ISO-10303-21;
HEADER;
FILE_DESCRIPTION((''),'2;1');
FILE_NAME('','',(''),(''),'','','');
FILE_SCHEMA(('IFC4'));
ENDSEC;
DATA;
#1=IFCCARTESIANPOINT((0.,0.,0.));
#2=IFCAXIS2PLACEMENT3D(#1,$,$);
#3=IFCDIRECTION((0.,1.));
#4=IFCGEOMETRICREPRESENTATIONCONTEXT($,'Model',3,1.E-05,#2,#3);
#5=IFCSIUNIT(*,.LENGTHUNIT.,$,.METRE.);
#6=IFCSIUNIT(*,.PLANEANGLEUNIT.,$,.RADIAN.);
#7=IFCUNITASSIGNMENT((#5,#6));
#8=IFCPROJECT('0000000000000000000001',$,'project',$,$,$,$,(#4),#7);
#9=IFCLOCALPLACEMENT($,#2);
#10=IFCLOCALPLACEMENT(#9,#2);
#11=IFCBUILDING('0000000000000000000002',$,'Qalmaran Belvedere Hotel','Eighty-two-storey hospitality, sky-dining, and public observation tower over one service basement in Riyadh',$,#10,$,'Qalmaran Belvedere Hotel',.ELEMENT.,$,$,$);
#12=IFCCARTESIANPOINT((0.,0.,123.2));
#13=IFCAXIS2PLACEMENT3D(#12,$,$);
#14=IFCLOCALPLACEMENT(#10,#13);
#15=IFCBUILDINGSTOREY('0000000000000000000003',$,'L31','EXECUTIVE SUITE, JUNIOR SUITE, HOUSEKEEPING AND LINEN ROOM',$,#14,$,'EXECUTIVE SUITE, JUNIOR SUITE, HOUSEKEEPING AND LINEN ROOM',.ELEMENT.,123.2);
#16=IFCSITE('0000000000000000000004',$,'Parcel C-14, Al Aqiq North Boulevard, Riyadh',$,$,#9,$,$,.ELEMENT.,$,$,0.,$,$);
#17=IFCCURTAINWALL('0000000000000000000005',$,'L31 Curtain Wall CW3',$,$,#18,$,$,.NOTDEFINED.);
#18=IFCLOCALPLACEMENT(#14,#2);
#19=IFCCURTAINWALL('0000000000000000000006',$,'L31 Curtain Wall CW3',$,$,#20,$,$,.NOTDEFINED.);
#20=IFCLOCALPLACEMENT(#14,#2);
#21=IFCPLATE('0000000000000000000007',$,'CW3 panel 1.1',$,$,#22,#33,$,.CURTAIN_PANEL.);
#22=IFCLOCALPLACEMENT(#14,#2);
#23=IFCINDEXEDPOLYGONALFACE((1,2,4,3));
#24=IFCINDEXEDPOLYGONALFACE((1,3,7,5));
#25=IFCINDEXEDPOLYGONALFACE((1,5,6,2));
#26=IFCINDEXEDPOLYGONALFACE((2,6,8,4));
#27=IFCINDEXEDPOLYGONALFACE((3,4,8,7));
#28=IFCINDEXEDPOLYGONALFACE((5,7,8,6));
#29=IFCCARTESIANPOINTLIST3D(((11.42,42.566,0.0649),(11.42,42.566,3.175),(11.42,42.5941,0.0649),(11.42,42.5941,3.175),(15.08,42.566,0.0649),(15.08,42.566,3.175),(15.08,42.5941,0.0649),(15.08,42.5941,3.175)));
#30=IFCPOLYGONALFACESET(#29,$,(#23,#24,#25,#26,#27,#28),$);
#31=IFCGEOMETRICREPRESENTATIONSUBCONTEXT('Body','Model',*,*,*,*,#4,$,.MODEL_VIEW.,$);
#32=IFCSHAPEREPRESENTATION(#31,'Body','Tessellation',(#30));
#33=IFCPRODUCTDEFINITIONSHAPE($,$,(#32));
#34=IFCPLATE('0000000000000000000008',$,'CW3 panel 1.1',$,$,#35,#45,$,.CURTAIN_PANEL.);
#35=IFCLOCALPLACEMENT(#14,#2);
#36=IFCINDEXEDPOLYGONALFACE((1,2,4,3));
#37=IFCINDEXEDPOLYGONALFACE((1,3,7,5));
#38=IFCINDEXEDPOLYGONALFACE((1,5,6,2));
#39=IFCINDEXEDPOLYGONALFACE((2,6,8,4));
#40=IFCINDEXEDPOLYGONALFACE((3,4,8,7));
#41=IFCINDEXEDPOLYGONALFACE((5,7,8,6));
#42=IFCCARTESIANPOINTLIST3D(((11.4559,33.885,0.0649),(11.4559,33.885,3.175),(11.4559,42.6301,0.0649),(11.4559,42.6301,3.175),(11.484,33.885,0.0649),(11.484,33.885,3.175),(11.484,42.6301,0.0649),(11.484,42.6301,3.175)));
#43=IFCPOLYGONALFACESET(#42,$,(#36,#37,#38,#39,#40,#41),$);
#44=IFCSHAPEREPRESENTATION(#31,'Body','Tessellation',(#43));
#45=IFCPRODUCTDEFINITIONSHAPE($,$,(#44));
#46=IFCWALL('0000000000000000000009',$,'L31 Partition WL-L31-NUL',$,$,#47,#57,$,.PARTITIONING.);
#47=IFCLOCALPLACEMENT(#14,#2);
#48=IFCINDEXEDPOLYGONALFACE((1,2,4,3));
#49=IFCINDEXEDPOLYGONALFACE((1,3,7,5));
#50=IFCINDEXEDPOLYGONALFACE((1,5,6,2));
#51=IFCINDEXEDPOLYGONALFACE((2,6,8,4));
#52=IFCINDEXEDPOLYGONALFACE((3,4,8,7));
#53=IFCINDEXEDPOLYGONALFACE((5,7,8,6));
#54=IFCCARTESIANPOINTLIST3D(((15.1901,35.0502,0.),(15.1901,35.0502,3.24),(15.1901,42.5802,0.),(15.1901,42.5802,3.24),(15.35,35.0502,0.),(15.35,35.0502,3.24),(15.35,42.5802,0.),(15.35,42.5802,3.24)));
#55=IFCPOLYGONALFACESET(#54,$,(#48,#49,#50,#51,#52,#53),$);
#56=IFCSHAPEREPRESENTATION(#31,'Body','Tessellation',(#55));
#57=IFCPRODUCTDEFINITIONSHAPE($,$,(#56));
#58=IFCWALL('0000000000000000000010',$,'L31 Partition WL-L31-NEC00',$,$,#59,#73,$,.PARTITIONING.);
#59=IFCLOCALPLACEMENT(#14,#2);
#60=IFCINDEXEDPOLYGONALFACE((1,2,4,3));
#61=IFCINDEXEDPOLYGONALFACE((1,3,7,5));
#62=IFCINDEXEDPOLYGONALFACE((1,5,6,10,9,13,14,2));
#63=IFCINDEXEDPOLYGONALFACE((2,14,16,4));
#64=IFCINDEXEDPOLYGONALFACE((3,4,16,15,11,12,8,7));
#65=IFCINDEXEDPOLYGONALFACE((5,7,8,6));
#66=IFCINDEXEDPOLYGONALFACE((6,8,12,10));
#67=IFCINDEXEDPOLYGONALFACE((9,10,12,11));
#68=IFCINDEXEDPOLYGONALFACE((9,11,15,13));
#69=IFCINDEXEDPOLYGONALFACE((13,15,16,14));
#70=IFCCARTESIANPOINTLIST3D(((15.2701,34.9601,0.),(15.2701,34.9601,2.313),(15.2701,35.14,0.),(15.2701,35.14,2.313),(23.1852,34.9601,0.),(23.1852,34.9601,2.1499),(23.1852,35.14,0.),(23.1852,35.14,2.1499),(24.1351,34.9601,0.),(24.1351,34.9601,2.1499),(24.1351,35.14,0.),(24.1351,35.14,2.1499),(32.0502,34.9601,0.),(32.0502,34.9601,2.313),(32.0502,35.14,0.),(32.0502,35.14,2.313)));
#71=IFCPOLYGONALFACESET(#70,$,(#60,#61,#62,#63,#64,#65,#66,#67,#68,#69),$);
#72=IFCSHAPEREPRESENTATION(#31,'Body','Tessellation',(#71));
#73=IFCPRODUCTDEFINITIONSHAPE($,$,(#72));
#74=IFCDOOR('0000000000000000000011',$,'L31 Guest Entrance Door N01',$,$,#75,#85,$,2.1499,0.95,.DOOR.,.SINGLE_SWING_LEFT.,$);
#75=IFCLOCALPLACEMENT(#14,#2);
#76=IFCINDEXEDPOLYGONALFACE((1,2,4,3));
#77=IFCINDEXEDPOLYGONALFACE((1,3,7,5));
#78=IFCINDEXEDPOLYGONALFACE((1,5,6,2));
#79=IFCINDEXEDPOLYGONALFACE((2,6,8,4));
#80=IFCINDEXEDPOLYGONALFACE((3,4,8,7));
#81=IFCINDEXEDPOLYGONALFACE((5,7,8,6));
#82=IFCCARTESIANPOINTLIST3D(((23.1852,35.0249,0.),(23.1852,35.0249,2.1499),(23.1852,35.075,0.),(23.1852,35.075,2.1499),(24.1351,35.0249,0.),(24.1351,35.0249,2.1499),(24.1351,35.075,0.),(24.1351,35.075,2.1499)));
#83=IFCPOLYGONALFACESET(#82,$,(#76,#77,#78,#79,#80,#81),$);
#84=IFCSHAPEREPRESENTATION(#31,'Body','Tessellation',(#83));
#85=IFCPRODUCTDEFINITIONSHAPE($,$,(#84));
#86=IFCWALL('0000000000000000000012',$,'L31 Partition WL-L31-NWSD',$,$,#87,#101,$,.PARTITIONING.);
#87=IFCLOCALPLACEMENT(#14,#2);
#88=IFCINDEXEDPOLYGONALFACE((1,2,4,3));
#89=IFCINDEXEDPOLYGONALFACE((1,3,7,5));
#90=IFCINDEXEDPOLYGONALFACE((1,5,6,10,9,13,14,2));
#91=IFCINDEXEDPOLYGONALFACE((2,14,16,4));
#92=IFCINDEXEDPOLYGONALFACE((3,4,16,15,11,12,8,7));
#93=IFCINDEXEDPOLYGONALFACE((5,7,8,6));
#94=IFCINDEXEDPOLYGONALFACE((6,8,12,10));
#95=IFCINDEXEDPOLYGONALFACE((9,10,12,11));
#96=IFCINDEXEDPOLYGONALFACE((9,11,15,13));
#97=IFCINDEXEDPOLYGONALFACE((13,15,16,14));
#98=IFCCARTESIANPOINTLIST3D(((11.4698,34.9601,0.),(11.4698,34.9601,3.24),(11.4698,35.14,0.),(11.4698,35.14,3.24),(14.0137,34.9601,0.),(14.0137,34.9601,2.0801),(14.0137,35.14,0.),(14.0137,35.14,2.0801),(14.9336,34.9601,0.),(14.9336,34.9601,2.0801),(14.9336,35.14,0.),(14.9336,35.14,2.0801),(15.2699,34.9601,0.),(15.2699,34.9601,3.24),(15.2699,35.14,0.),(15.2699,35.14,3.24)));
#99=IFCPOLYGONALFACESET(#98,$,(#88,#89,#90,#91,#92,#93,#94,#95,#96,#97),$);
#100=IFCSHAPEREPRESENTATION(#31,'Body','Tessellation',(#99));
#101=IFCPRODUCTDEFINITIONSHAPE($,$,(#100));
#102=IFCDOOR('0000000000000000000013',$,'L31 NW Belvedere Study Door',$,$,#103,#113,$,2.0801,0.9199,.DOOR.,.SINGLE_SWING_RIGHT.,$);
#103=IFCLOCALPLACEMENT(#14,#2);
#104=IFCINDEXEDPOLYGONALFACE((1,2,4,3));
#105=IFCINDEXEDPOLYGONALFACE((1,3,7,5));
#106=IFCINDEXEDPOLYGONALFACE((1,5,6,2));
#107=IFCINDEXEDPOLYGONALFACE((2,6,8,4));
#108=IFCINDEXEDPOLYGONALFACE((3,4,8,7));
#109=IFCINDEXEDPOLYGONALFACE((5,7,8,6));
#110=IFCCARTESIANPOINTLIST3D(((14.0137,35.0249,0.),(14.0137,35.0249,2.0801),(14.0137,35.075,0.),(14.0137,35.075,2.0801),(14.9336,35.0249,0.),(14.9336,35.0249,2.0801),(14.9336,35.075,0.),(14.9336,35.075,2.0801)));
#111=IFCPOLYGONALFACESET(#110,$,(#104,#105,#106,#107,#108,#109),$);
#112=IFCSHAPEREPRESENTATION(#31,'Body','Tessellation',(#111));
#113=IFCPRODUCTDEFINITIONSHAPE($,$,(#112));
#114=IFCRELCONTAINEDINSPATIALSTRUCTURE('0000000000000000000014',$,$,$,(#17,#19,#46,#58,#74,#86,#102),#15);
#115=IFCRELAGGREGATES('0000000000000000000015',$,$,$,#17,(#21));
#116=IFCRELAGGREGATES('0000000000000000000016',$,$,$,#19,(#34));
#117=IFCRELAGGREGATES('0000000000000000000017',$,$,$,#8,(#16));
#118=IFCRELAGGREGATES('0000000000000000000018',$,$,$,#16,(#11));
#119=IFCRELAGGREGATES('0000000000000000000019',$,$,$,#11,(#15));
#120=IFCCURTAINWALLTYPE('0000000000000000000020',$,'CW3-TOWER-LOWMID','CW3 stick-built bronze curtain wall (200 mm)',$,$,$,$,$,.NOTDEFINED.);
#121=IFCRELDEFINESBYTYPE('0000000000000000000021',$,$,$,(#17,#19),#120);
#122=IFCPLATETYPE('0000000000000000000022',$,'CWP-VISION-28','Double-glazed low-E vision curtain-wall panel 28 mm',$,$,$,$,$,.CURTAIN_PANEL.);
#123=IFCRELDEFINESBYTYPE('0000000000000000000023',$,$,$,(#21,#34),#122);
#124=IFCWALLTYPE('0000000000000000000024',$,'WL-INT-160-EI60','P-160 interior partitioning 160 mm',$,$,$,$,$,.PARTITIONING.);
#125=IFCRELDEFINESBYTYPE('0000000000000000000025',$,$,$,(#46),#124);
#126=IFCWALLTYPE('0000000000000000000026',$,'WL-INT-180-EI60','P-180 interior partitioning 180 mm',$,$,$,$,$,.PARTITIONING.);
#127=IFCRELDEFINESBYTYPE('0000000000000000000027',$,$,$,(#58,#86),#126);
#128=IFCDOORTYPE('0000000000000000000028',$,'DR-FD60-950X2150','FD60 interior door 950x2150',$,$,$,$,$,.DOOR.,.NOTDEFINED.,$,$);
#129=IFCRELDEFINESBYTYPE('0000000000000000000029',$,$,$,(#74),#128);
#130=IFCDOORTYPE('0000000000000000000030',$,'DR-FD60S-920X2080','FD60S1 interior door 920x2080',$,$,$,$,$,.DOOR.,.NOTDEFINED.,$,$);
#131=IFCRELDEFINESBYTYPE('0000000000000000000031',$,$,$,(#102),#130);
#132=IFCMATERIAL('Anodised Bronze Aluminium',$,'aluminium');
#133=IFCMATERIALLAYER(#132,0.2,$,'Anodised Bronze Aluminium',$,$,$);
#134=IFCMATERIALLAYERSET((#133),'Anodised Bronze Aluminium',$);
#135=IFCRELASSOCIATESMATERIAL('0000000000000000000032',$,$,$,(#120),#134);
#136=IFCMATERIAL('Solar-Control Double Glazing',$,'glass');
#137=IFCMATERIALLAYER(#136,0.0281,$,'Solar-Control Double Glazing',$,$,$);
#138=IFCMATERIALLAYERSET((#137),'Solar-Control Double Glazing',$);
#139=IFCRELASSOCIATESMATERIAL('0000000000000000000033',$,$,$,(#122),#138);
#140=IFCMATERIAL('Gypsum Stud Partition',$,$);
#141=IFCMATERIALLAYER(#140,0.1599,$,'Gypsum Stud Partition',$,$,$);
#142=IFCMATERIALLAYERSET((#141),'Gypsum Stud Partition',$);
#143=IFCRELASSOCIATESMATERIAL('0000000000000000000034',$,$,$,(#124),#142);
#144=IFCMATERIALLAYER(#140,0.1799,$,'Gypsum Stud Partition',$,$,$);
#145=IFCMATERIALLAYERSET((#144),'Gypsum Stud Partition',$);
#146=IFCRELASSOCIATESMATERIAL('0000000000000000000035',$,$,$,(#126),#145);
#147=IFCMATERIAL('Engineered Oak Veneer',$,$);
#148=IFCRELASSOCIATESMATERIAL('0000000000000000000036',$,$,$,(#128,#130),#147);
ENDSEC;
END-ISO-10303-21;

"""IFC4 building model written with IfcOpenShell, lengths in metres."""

from ifc_helpers import new_model, si_unit, direction, frame, frame_2d, origin, origin_2d, place, context, subcontext, project, spatial, rectangle, extrude, material, layer, layer_set, type_object, element, fill, aggregate, save


model = new_model("IFC4")

# Units and contexts
model_context = context("Model", 3, precision=1e-05, world=origin(), true_north=direction((0.0, 1.0)))
body_context = subcontext(model_context, "Body", "Model", "MODEL_VIEW")
ifc_project = project(units=[si_unit("LENGTHUNIT", "METRE"), si_unit("PLANEANGLEUNIT", "RADIAN")], contexts=[model_context])

# Site, building, storey
site_placement = place(None, origin())
site = spatial("IfcSite", under=ifc_project, at=site_placement, Name="Parcel C-14, Al Aqiq North Boulevard, Riyadh", CompositionType="ELEMENT", RefElevation=0.0)
building_placement = place(site_placement, origin())
building = spatial("IfcBuilding", under=site, at=building_placement, Name="Qalmaran Belvedere Hotel", Description="Eighty-two-storey hospitality, sky-dining, and public observation tower over one service basement in Riyadh", LongName="Qalmaran Belvedere Hotel", CompositionType="ELEMENT")
storey_placement = place(building_placement, frame((0.0, 0.0, 123.2)))
storey = spatial("IfcBuildingStorey", under=building, at=storey_placement, Name="L31", Description="EXECUTIVE SUITE, JUNIOR SUITE, HOUSEKEEPING AND LINEN ROOM", LongName="EXECUTIVE SUITE, JUNIOR SUITE, HOUSEKEEPING AND LINEN ROOM", CompositionType="ELEMENT", Elevation=123.2)

# Shared definitions
ifc_material_1 = material(Name="Anodised Bronze Aluminium", Category="aluminium")
ifc_layer_1 = layer(ifc_material_1, 0.2, Name="Anodised Bronze Aluminium")
ifc_layer_set_1 = layer_set([ifc_layer_1], Name="Anodised Bronze Aluminium")
curtain_wall_type = type_object("IfcCurtainWallType", Name="CW3-TOWER-LOWMID", Description="CW3 stick-built bronze curtain wall (200 mm)", PredefinedType="NOTDEFINED", material=ifc_layer_set_1)

# Curtain walls
curtain_wall_1_placement = place(storey_placement, origin())
curtain_wall_1 = element("IfcCurtainWall", 1, at=curtain_wall_1_placement, inside=storey, type_object=curtain_wall_type, Name="L31 Curtain Wall CW3", PredefinedType="NOTDEFINED")
curtain_wall_2_placement = place(storey_placement, origin())
curtain_wall_2 = element("IfcCurtainWall", 2, at=curtain_wall_2_placement, inside=storey, type_object=curtain_wall_type, Name="L31 Curtain Wall CW3", PredefinedType="NOTDEFINED")

# Plates
ifc_material_2 = material(Name="Solar-Control Double Glazing", Category="glass")
ifc_layer_2 = layer(ifc_material_2, 0.0281, Name="Solar-Control Double Glazing")
ifc_layer_set_2 = layer_set([ifc_layer_2], Name="Solar-Control Double Glazing")
plate_type = type_object("IfcPlateType", Name="CWP-VISION-28", Description="Double-glazed low-E vision curtain-wall panel 28 mm", PredefinedType="CURTAIN_PANEL", material=ifc_layer_set_2)
plate_1_placement = place(storey_placement, frame((13.25, 42.5801, 0.0649), z_axis=(0.0, 0.0, 1.0), x_axis=(-1.0, 0.0, 0.0)))
plate_1 = element("IfcPlate", 3, at=plate_1_placement, type_object=plate_type, Name="CW3 panel 1.1", PredefinedType="CURTAIN_PANEL", context=body_context, shape_type="SweptSolid", body=[
    extrude(rectangle(XDim=3.6599, YDim=0.0281, at=origin_2d()), origin(), (0.0, 0.0, 1.0), 3.1101),
])
aggregate(curtain_wall_1, [plate_1])
plate_2_placement = place(storey_placement, frame((11.47, 38.2576, 0.0649), z_axis=(0.0, 0.0, 1.0), x_axis=(0.0, -1.0, 0.0)))
plate_2 = element("IfcPlate", 4, at=plate_2_placement, type_object=plate_type, Name="CW3 panel 1.1", PredefinedType="CURTAIN_PANEL", context=body_context, shape_type="SweptSolid", body=[
    extrude(rectangle(XDim=8.7451, YDim=0.0281, at=origin_2d()), origin(), (0.0, 0.0, 1.0), 3.1101),
])
aggregate(curtain_wall_2, [plate_2])

# Wall
ifc_material_3 = material(Name="Gypsum Stud Partition")
ifc_layer_3 = layer(ifc_material_3, 0.1599, Name="Gypsum Stud Partition")
ifc_layer_set_3 = layer_set([ifc_layer_3], Name="Gypsum Stud Partition")
wall_type_1 = type_object("IfcWallType", Name="WL-INT-160-EI60", Description="P-160 interior partitioning 160 mm", PredefinedType="PARTITIONING", material=ifc_layer_set_3)
wall_1_placement = place(storey_placement, frame((15.27, 35.05, 0.0), z_axis=(0.0, 0.0, 1.0), x_axis=(0.0, 1.0, 0.0)))
element("IfcWall", 5, at=wall_1_placement, inside=storey, type_object=wall_type_1, Name="L31 Partition WL-L31-NUL", PredefinedType="PARTITIONING", context=body_context, shape_type="SweptSolid", body=[
    extrude(rectangle(XDim=7.53, YDim=0.1599, at=frame_2d((3.7651, 0.0))), origin(), (0.0, 0.0, 1.0), 3.24),
])

# Walls, openings, doors
ifc_layer_4 = layer(ifc_material_3, 0.1799, Name="Gypsum Stud Partition")
ifc_layer_set_4 = layer_set([ifc_layer_4], Name="Gypsum Stud Partition")
wall_type_2 = type_object("IfcWallType", Name="WL-INT-180-EI60", Description="P-180 interior partitioning 180 mm", PredefinedType="PARTITIONING", material=ifc_layer_set_4)
wall_2_placement = place(storey_placement, frame((15.27, 35.05, 0.0), z_axis=(0.0, 0.0, 1.0), x_axis=(1.0, 0.0, 0.0)))
wall_2 = element("IfcWall", 6, at=wall_2_placement, inside=storey, type_object=wall_type_2, Name="L31 Partition WL-L31-NEC00", PredefinedType="PARTITIONING", context=body_context, shape_type="SweptSolid", body=[
    extrude(rectangle(XDim=16.78, YDim=0.1799, at=frame_2d((8.3901, 0.0))), origin(), (0.0, 0.0, 1.0), 2.313),
])
opening_1_placement = place(wall_2_placement, frame((7.915, 0.0, 0.0)))
opening_1 = element("IfcOpeningElement", 7, at=opening_1_placement, cuts=wall_2, PredefinedType="OPENING", context=body_context, shape_type="SweptSolid", body=[
    extrude(rectangle(XDim=0.95, YDim=2.1499, at=frame_2d((0.4751, 1.075))), frame((0.0, 0.1001, 0.0), z_axis=(0.0, -1.0, 0.0), x_axis=(1.0, 0.0, 0.0)), (0.0, 0.0, 1.0), 0.2),
])
ifc_material_4 = material(Name="Engineered Oak Veneer")
door_type_1 = type_object("IfcDoorType", Name="DR-FD60-950X2150", Description="FD60 interior door 950x2150", OperationType="NOTDEFINED", PredefinedType="DOOR", material=ifc_material_4)
door_1_placement = place(opening_1_placement, origin())
door_1 = element("IfcDoor", 8, at=door_1_placement, inside=storey, type_object=door_type_1, Name="L31 Guest Entrance Door N01", OperationType="SINGLE_SWING_LEFT", OverallHeight=2.1499, OverallWidth=0.95, PredefinedType="DOOR", context=body_context, shape_type="SweptSolid", body=[
    extrude(rectangle(XDim=0.95, YDim=2.1499, at=frame_2d((0.4751, 1.075))), frame((0.0, 0.0249, 0.0), z_axis=(0.0, -1.0, 0.0), x_axis=(1.0, 0.0, 0.0)), (0.0, 0.0, 1.0), 0.05),
])
fill(opening_1, door_1)
wall_3_placement = place(storey_placement, frame((11.47, 35.05, 0.0), z_axis=(0.0, 0.0, 1.0), x_axis=(1.0, 0.0, 0.0)))
wall_3 = element("IfcWall", 9, at=wall_3_placement, inside=storey, type_object=wall_type_2, Name="L31 Partition WL-L31-NWSD", PredefinedType="PARTITIONING", context=body_context, shape_type="SweptSolid", body=[
    extrude(rectangle(XDim=3.8, YDim=0.1799, at=frame_2d((1.8999, 0.0))), origin(), (0.0, 0.0, 1.0), 3.24),
])
opening_2_placement = place(wall_3_placement, frame((2.5437, 0.0, 0.0)))
opening_2 = element("IfcOpeningElement", 10, at=opening_2_placement, cuts=wall_3, PredefinedType="OPENING", context=body_context, shape_type="SweptSolid", body=[
    extrude(rectangle(XDim=0.9199, YDim=2.0801, at=frame_2d((0.46, 1.04))), frame((0.0, 0.1001, 0.0), z_axis=(0.0, -1.0, 0.0), x_axis=(1.0, 0.0, 0.0)), (0.0, 0.0, 1.0), 0.2),
])
door_type_2 = type_object("IfcDoorType", Name="DR-FD60S-920X2080", Description="FD60S1 interior door 920x2080", OperationType="NOTDEFINED", PredefinedType="DOOR", material=ifc_material_4)
door_2_placement = place(opening_2_placement, origin())
door_2 = element("IfcDoor", 11, at=door_2_placement, inside=storey, type_object=door_type_2, Name="L31 NW Belvedere Study Door", OperationType="SINGLE_SWING_RIGHT", OverallHeight=2.0801, OverallWidth=0.9199, PredefinedType="DOOR", context=body_context, shape_type="SweptSolid", body=[
    extrude(rectangle(XDim=0.9199, YDim=2.0801, at=frame_2d((0.46, 1.04))), frame((0.0, 0.0249, 0.0), z_axis=(0.0, -1.0, 0.0), x_axis=(1.0, 0.0, 0.0)), (0.0, 0.0, 1.0), 0.05),
])
fill(opening_2, door_2)

save(model, "model.ifc")
